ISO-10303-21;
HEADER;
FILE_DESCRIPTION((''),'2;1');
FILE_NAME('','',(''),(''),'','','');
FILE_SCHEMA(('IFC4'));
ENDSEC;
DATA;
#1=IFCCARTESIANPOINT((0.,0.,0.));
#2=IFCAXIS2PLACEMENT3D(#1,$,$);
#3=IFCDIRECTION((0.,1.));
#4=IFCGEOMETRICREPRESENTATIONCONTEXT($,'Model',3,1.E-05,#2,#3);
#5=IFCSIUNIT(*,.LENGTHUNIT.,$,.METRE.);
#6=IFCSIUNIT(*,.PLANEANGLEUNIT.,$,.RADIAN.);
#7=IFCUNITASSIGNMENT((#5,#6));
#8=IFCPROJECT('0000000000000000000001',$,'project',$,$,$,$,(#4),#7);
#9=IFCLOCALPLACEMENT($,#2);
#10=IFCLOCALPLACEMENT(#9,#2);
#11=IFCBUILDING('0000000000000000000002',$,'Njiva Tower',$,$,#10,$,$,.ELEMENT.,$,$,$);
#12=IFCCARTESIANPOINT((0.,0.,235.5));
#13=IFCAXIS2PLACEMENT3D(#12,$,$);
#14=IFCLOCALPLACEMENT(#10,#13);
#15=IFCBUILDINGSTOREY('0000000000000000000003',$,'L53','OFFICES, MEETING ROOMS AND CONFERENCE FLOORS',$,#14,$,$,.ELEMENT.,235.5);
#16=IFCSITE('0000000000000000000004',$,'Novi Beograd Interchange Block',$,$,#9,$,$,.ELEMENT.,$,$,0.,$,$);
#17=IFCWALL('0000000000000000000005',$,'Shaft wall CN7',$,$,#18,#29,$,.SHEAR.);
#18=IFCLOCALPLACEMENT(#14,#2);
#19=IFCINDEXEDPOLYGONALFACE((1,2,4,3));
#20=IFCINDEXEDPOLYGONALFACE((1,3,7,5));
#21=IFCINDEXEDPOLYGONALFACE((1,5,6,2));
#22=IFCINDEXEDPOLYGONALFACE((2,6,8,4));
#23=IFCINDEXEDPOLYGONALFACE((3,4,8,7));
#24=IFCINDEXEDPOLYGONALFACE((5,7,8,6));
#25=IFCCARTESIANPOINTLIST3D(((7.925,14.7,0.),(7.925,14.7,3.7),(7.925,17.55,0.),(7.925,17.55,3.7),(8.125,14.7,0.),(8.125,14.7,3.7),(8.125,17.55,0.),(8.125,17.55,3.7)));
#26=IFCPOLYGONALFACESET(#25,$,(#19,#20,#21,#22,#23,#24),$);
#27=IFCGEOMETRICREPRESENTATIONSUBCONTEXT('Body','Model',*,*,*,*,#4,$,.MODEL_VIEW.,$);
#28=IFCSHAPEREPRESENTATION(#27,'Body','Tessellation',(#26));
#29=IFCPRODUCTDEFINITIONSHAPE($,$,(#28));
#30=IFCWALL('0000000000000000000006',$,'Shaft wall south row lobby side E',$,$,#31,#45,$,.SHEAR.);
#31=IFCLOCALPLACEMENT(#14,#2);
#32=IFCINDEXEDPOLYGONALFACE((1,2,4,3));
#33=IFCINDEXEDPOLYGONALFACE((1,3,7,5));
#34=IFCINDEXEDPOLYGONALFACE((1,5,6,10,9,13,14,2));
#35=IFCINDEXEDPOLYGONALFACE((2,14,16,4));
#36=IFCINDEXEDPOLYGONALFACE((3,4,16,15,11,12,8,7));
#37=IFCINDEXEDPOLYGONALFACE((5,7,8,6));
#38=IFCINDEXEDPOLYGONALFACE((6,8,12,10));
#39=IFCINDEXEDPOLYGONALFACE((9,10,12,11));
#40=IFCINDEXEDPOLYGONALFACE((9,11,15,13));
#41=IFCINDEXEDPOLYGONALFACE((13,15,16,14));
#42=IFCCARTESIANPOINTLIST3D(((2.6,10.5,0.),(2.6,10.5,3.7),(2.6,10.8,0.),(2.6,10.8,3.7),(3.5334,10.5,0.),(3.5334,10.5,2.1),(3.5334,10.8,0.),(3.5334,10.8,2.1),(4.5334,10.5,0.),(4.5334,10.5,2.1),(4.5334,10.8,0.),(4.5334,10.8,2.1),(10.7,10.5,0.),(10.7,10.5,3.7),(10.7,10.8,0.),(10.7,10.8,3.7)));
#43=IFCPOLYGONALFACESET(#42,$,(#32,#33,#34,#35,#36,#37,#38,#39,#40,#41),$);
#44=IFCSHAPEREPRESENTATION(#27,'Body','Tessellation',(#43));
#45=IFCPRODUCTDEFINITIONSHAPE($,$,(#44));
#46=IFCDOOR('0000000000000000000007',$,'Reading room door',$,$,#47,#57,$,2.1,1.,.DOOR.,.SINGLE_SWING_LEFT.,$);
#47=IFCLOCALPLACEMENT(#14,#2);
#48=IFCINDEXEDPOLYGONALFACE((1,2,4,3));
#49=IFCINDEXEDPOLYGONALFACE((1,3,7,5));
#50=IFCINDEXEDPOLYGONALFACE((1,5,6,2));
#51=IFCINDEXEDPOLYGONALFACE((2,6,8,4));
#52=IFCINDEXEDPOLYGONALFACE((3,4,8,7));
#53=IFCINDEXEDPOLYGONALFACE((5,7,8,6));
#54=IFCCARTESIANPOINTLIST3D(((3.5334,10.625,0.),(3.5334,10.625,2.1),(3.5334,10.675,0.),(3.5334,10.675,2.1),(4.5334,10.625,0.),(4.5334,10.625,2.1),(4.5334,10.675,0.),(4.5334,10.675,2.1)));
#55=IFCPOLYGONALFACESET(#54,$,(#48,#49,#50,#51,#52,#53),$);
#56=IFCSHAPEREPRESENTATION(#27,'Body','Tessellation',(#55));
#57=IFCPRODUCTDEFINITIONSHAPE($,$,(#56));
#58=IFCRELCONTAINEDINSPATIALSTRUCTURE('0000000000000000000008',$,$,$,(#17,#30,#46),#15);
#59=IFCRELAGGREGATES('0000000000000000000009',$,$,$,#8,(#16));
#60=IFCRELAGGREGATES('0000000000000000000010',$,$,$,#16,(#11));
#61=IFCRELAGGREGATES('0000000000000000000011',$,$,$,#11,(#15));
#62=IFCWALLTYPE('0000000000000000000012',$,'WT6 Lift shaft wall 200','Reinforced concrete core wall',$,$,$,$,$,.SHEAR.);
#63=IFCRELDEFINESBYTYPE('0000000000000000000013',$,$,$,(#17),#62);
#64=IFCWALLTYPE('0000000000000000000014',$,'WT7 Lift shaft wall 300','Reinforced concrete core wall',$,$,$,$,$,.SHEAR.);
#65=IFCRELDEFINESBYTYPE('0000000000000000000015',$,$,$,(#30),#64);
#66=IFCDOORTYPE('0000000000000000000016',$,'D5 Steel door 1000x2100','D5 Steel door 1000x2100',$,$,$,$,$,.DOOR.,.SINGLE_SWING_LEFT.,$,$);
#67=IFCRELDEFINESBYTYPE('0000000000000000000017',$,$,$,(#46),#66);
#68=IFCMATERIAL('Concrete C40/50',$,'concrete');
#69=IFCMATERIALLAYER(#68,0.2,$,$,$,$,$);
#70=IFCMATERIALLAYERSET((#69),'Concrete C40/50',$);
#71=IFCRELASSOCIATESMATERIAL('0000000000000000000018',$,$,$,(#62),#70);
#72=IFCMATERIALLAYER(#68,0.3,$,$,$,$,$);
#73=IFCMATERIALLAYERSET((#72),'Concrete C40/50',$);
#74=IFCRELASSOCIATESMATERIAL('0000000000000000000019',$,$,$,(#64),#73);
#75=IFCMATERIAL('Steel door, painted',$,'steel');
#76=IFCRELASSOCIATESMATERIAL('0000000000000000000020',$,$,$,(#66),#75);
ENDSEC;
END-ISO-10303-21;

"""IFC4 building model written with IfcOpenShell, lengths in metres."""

from ifc_helpers import new_model, si_unit, direction, frame, frame_2d, origin, place, context, subcontext, project, spatial, rectangle, extrude, material, layer, layer_set, type_object, element, fill, save


model = new_model("IFC4")

# Units and contexts
model_context = context("Model", 3, precision=1e-05, world=origin(), true_north=direction((0.0, 1.0)))
body_context = subcontext(model_context, "Body", "Model", "MODEL_VIEW")
ifc_project = project(units=[si_unit("LENGTHUNIT", "METRE"), si_unit("PLANEANGLEUNIT", "RADIAN")], contexts=[model_context])

# Site, building, storey
site_placement = place(None, origin())
site = spatial("IfcSite", under=ifc_project, at=site_placement, Name="Novi Beograd Interchange Block", CompositionType="ELEMENT", RefElevation=0.0)
building_placement = place(site_placement, origin())
building = spatial("IfcBuilding", under=site, at=building_placement, Name="Njiva Tower", CompositionType="ELEMENT")
storey_placement = place(building_placement, frame((0.0, 0.0, 235.5)))
storey = spatial("IfcBuildingStorey", under=building, at=storey_placement, Name="L53", Description="OFFICES, MEETING ROOMS AND CONFERENCE FLOORS", CompositionType="ELEMENT", Elevation=235.5)

# Wall
ifc_material_1 = material(Name="Concrete C40/50", Category="concrete")
ifc_layer_1 = layer(ifc_material_1, 0.2)
ifc_layer_set_1 = layer_set([ifc_layer_1], Name="Concrete C40/50")
wall_type_1 = type_object("IfcWallType", Name="WT6 Lift shaft wall 200", Description="Reinforced concrete core wall", PredefinedType="SHEAR", material=ifc_layer_set_1)
for number, where, z_axis, x_axis, name in (
    (1, (8.025, 14.7, 0.0), (0.0, 0.0, 1.0), (0.0, 1.0, 0.0), "Shaft wall CN7"),
):
    element("IfcWall", number, at=place(storey_placement, frame(where, z_axis=z_axis, x_axis=x_axis)), inside=storey, type_object=wall_type_1, Name=name, PredefinedType="SHEAR", context=body_context, shape_type="SweptSolid", body=[
        extrude(rectangle(XDim=2.85, YDim=0.2, at=frame_2d((1.425, 0.0))), origin(), (0.0, 0.0, 1.0), 3.7),
    ])

# Wall, opening, door
ifc_layer_2 = layer(ifc_material_1, 0.3)
ifc_layer_set_2 = layer_set([ifc_layer_2], Name="Concrete C40/50")
wall_type_2 = type_object("IfcWallType", Name="WT7 Lift shaft wall 300", Description="Reinforced concrete core wall", PredefinedType="SHEAR", material=ifc_layer_set_2)
wall_1_placement = place(storey_placement, frame((2.6, 10.65, 0.0), z_axis=(0.0, 0.0, 1.0), x_axis=(1.0, 0.0, 0.0)))
wall_1 = element("IfcWall", 2, at=wall_1_placement, inside=storey, type_object=wall_type_2, Name="Shaft wall south row lobby side E", PredefinedType="SHEAR", context=body_context, shape_type="SweptSolid", body=[
    extrude(rectangle(XDim=8.1, YDim=0.3, at=frame_2d((4.05, 0.0))), origin(), (0.0, 0.0, 1.0), 3.7),
])
opening_1_placement = place(wall_1_placement, frame((0.9334, 0.0, 0.0)))
opening_1 = element("IfcOpeningElement", 3, at=opening_1_placement, cuts=wall_1, PredefinedType="OPENING", context=body_context, shape_type="SweptSolid", body=[
    extrude(rectangle(XDim=1.0, YDim=2.1, at=frame_2d((0.5, 1.05))), frame((0.0, 0.16, 0.0), z_axis=(0.0, -1.0, 0.0), x_axis=(1.0, 0.0, 0.0)), (0.0, 0.0, 1.0), 0.32),
])
ifc_material_2 = material(Name="Steel door, painted", Category="steel")
door_type_1 = type_object("IfcDoorType", Name="D5 Steel door 1000x2100", Description="D5 Steel door 1000x2100", OperationType="SINGLE_SWING_LEFT", PredefinedType="DOOR", material=ifc_material_2)
door_1_placement = place(opening_1_placement, origin())
door_1 = element("IfcDoor", 4, at=door_1_placement, inside=storey, type_object=door_type_1, Name="Reading room door", OperationType="SINGLE_SWING_LEFT", OverallHeight=2.1, OverallWidth=1.0, PredefinedType="DOOR", context=body_context, shape_type="SweptSolid", body=[
    extrude(rectangle(XDim=1.0, YDim=2.1, at=frame_2d((0.5, 1.05))), frame((0.0, 0.025, 0.0), z_axis=(0.0, -1.0, 0.0), x_axis=(1.0, 0.0, 0.0)), (0.0, 0.0, 1.0), 0.05),
])
fill(opening_1, door_1)

save(model, "model.ifc")
